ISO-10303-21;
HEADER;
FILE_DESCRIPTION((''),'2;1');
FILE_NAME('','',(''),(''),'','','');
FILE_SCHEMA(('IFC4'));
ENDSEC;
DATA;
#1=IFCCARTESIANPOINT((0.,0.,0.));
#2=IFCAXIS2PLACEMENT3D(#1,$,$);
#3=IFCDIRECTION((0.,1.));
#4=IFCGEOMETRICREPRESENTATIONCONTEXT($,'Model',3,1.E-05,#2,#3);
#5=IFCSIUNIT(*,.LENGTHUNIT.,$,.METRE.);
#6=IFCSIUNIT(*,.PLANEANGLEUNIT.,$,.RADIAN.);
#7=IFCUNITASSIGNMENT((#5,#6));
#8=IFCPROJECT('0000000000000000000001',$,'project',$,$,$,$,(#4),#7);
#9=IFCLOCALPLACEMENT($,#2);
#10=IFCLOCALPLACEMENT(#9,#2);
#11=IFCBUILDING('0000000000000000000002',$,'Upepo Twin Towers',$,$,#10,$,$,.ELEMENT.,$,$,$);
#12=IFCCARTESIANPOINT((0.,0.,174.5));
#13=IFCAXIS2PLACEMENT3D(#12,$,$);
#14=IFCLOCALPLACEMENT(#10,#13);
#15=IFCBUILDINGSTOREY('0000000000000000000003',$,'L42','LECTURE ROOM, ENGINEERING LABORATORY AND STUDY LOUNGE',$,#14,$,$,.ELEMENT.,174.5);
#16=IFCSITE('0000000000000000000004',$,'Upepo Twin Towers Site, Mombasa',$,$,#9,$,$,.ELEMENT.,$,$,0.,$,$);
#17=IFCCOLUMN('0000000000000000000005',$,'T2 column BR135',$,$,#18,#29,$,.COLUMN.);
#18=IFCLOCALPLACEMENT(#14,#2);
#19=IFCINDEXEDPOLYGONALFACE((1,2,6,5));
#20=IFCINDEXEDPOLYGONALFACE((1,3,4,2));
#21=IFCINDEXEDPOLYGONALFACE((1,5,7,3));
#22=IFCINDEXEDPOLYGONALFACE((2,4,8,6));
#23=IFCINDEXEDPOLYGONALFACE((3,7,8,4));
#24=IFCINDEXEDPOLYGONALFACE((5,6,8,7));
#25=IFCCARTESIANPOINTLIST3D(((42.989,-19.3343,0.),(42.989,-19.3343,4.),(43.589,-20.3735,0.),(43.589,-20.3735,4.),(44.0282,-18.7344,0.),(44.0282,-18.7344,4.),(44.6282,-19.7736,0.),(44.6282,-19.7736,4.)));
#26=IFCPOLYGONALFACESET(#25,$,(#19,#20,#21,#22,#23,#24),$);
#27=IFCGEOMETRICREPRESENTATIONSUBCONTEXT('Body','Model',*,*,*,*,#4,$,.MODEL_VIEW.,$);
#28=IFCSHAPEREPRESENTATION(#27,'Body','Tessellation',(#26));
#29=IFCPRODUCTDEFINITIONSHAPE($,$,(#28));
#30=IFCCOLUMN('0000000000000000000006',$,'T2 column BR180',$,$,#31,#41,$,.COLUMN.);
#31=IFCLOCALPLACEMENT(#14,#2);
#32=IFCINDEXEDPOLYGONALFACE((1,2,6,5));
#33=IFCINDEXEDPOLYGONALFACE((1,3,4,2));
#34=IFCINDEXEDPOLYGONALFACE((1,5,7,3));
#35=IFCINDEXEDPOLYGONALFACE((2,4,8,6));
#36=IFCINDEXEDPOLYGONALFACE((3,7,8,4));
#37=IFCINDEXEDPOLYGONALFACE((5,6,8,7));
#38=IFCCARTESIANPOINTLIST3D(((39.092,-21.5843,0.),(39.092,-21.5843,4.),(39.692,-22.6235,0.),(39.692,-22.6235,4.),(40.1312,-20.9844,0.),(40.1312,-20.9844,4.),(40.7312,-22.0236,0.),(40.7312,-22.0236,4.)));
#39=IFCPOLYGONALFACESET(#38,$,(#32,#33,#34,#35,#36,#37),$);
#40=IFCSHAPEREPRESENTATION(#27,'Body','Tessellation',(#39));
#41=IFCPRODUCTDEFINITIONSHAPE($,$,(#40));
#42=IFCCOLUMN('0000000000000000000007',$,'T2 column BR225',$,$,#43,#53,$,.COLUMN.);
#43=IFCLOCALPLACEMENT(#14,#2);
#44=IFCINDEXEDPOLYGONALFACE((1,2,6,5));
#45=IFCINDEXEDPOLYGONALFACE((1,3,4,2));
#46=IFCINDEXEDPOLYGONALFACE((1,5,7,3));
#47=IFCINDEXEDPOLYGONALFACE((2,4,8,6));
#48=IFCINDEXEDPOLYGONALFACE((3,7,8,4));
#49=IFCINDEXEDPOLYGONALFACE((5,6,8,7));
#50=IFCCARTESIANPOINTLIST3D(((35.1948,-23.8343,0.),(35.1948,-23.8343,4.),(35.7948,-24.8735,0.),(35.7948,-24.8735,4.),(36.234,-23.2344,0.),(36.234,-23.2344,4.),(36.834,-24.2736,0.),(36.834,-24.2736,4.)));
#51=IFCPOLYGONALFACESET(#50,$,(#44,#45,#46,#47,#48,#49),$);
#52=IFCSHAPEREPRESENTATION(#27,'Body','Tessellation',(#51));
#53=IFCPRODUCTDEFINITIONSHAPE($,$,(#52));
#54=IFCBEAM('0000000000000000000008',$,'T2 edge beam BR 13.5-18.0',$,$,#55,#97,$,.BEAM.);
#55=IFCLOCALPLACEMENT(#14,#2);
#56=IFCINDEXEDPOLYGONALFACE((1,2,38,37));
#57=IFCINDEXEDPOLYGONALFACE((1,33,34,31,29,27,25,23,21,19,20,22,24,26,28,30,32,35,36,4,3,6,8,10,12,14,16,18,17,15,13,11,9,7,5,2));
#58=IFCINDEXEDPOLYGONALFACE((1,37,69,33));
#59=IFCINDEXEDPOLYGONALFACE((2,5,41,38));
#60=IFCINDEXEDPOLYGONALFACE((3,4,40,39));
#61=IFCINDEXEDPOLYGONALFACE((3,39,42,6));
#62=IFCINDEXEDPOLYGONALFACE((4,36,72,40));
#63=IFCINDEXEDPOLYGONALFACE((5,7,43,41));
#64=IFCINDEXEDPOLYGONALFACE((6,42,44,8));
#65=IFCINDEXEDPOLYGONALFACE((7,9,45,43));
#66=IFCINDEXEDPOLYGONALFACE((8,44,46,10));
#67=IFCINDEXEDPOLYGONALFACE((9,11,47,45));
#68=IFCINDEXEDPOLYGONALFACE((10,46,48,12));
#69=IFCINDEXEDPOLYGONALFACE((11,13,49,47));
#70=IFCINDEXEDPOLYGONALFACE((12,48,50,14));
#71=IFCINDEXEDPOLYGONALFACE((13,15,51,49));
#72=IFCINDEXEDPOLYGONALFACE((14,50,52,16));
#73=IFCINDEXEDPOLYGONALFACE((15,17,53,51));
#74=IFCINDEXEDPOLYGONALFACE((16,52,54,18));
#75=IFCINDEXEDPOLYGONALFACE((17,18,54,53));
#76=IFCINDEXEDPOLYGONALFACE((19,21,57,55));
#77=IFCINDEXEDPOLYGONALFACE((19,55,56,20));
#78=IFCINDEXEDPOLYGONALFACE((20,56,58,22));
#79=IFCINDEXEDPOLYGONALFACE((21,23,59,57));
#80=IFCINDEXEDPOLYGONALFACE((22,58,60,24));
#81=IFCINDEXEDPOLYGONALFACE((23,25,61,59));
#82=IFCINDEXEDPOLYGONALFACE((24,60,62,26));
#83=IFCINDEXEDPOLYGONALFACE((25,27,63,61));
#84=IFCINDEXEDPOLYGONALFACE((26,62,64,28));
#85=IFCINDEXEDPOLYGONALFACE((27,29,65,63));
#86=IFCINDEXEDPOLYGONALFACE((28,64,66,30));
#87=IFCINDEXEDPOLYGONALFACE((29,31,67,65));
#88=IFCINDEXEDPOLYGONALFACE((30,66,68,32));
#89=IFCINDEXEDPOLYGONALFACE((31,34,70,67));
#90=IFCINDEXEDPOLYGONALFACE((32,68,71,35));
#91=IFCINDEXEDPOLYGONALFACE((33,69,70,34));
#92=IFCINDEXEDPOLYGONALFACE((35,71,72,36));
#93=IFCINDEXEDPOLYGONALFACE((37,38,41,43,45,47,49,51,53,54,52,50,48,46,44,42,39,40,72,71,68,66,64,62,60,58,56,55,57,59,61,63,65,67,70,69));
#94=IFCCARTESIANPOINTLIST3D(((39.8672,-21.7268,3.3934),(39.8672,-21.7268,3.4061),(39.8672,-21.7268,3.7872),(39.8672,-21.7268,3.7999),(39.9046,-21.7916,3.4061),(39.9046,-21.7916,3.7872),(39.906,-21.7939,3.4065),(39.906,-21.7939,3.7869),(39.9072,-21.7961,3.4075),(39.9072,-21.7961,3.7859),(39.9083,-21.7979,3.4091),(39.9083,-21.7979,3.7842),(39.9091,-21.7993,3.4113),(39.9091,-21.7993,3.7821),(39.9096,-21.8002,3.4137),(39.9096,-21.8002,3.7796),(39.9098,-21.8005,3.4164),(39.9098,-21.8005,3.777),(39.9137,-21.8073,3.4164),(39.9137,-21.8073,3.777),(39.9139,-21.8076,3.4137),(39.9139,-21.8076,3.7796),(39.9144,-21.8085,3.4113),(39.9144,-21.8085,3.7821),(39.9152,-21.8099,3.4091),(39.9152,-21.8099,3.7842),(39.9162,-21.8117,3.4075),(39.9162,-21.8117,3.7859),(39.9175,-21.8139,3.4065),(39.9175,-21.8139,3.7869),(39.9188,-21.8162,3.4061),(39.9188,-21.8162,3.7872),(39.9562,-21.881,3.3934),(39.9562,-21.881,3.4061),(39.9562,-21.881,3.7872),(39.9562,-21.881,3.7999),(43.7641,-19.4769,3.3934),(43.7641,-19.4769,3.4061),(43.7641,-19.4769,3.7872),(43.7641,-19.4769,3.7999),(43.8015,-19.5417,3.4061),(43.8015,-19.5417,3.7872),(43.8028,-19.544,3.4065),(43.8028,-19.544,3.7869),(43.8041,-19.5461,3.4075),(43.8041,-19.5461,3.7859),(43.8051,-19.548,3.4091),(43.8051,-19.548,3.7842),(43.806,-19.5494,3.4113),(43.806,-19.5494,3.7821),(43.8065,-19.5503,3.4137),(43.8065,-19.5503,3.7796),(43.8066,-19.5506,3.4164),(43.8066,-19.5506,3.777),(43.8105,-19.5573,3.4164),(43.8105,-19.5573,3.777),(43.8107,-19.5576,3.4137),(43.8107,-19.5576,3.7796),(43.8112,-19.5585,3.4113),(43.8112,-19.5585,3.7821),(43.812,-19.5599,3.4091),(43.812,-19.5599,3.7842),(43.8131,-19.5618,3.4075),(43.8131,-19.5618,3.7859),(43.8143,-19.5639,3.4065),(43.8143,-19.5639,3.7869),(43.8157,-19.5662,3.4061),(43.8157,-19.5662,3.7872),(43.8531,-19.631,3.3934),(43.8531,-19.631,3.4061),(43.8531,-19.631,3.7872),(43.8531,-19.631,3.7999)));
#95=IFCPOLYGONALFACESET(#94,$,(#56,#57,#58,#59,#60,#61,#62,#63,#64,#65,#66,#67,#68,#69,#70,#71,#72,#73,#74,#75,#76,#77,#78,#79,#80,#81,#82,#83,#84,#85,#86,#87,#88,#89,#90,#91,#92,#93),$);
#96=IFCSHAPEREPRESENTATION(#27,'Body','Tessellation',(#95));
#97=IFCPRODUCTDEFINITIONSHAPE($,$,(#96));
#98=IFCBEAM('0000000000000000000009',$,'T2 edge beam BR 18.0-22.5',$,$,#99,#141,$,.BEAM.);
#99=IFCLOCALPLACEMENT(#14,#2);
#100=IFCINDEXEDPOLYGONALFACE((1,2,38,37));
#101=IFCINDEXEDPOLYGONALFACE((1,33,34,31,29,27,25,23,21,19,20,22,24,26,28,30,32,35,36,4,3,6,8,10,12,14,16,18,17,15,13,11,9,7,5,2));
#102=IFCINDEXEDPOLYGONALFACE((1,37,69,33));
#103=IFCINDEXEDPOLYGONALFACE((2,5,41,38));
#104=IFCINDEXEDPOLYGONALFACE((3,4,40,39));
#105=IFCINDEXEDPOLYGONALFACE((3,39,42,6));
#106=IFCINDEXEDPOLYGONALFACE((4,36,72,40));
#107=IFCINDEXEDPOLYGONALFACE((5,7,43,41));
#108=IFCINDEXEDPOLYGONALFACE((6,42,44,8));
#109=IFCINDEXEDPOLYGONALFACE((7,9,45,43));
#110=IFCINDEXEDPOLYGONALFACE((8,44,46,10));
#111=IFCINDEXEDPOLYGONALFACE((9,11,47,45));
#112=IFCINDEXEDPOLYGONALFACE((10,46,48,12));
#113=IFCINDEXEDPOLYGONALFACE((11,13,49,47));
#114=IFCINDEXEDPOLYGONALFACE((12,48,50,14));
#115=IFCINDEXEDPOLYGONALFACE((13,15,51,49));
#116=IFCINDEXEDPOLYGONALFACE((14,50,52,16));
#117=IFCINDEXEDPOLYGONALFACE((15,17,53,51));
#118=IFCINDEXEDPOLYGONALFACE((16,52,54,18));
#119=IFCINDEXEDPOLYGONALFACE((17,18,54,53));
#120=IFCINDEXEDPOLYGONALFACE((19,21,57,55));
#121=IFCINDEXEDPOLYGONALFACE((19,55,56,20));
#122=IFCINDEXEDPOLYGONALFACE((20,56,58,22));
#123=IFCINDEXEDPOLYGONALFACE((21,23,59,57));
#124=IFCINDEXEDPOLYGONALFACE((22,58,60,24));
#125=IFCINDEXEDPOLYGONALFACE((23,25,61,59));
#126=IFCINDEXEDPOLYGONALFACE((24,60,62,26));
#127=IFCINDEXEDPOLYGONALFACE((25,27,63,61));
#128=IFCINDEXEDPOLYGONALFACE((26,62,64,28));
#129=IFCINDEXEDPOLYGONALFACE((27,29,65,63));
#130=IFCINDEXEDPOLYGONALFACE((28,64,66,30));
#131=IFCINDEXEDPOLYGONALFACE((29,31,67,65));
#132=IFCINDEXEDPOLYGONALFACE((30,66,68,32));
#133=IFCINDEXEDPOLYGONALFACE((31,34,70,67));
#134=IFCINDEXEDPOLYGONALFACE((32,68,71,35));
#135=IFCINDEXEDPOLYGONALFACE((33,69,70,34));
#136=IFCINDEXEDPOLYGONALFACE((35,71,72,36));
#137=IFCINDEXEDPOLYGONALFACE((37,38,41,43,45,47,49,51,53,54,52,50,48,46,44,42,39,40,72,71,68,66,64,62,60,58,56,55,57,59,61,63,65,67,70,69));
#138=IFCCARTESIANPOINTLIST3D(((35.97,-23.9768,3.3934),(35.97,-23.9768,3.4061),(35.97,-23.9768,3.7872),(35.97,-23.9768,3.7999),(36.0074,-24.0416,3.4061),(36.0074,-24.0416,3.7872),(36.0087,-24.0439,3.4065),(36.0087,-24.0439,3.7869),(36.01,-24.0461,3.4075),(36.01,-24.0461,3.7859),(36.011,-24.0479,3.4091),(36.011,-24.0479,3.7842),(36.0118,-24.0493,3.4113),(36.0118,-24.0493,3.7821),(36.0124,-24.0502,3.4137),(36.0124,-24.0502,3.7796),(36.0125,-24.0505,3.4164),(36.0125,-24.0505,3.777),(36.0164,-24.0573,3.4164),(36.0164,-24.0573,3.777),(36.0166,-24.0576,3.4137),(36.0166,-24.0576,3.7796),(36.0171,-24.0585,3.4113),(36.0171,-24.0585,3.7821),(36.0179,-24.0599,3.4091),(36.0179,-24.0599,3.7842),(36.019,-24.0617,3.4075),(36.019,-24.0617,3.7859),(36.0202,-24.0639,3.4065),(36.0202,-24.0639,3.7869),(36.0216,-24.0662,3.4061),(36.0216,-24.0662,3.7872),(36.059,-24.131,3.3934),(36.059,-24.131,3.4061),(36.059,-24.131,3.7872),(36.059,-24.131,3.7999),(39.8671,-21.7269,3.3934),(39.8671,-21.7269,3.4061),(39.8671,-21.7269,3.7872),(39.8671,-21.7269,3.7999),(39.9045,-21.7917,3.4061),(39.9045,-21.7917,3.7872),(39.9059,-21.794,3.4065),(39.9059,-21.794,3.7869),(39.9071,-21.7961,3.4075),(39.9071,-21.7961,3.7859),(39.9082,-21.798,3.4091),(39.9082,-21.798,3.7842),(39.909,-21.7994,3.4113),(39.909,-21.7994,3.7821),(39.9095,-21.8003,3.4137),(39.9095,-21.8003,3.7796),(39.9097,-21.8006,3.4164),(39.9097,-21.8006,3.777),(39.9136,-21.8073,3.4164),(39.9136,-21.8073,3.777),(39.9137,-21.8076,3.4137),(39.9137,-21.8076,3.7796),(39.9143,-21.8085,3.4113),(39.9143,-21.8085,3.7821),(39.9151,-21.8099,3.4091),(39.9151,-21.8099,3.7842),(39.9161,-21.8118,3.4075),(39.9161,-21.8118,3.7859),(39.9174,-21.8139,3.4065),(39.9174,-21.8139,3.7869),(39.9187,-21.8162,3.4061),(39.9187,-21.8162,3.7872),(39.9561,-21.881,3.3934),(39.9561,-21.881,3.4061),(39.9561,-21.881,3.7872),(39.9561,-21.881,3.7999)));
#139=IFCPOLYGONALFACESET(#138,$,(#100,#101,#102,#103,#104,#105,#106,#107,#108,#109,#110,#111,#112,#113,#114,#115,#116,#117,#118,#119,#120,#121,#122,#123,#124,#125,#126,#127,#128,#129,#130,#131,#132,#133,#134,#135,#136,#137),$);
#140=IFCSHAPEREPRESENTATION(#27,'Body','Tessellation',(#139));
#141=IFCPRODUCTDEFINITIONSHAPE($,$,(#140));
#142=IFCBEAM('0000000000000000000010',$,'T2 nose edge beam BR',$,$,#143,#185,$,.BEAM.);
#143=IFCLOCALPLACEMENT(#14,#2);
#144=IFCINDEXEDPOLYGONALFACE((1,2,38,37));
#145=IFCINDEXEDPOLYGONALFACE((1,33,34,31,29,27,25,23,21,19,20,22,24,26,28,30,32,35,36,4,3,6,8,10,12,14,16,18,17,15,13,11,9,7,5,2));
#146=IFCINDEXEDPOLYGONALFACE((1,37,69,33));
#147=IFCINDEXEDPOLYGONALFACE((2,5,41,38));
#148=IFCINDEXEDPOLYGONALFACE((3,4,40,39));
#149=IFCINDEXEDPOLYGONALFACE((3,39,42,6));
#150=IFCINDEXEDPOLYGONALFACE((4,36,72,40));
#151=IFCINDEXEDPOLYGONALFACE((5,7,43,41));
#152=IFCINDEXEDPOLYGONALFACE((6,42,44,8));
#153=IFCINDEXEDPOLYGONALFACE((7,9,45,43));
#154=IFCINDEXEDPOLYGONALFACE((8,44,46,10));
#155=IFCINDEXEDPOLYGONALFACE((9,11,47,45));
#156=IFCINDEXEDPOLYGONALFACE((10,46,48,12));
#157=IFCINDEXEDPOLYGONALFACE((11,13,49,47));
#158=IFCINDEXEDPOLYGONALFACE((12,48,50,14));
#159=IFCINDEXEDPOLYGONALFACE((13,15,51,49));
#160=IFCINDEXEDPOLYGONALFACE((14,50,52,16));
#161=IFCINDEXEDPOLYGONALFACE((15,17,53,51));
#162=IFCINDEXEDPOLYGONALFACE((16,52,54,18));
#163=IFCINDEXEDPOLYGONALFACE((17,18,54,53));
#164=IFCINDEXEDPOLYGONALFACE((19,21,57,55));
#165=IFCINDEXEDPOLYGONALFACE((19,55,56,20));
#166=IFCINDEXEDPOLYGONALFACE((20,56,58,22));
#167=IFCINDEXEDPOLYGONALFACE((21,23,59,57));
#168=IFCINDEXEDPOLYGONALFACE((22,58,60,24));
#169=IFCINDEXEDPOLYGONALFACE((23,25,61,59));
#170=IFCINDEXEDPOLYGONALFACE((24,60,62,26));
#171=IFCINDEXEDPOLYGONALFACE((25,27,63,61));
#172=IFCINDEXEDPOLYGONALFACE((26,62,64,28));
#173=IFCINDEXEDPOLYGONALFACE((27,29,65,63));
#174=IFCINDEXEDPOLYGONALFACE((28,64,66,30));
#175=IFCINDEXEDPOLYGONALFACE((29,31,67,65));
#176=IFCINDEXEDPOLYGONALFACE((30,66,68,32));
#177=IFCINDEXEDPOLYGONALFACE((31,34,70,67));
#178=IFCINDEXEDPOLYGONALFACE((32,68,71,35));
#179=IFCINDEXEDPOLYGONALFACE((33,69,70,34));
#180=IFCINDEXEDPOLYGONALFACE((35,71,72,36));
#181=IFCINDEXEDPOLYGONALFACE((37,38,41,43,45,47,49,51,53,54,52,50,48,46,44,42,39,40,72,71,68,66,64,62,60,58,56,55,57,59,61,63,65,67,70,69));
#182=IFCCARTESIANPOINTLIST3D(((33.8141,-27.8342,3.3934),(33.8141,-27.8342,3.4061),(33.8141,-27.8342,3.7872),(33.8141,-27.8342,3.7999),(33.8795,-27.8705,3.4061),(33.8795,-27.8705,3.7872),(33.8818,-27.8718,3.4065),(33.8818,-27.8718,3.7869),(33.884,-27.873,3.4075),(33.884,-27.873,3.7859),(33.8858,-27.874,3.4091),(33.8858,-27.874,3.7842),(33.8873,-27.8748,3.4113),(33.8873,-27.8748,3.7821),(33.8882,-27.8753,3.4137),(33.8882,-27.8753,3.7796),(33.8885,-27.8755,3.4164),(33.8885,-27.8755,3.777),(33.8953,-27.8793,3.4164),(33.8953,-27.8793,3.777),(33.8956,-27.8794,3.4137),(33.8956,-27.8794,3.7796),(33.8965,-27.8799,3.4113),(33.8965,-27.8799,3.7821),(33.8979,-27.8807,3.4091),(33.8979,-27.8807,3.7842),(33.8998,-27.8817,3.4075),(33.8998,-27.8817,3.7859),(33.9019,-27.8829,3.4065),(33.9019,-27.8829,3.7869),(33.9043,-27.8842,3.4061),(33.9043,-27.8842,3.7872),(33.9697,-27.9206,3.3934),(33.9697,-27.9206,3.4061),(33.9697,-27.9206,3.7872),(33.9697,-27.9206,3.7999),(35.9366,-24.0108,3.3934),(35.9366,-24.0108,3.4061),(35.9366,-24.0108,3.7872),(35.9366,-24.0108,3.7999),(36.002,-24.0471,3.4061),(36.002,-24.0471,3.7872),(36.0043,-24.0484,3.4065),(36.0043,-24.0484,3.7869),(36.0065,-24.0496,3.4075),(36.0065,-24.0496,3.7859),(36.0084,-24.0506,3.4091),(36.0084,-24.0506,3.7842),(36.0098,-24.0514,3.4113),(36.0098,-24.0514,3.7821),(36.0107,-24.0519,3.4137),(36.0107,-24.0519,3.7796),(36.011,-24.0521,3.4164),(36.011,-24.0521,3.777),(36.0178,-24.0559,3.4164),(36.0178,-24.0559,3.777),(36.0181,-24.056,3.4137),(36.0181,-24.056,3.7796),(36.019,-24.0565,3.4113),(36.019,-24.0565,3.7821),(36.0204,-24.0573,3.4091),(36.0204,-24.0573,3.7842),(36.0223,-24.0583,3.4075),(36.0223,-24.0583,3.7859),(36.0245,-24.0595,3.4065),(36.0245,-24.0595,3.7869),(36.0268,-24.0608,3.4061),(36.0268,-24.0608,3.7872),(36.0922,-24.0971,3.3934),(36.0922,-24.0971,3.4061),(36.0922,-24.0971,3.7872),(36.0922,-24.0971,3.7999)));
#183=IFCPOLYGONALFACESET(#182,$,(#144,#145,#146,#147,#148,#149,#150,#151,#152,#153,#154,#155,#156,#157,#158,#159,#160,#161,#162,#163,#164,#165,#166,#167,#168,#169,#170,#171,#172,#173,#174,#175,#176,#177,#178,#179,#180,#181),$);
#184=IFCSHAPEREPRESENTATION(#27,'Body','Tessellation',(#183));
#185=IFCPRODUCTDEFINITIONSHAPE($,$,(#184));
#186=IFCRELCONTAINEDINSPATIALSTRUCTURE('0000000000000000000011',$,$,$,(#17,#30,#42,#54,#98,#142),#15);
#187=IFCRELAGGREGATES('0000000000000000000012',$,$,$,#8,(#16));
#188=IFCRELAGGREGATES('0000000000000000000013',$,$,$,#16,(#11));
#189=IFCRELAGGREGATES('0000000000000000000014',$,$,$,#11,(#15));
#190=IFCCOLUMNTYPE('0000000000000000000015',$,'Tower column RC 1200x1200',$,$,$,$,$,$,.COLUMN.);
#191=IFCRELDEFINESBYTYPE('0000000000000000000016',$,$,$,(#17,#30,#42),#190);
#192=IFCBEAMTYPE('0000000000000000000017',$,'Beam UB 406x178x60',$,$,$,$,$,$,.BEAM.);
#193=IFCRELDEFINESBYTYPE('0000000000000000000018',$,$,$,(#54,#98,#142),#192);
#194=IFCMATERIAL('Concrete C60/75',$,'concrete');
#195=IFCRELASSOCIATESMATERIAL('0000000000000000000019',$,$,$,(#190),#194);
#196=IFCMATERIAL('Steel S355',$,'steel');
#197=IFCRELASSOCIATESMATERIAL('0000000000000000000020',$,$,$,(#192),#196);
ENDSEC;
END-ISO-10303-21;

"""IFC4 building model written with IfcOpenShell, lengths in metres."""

from ifc_helpers import new_model, si_unit, direction, frame, origin, origin_2d, place, context, subcontext, project, spatial, rectangle, i_section, extrude, material, material_profile, profile_set, type_object, element, save


model = new_model("IFC4")

# Units and contexts
model_context = context("Model", 3, precision=1e-05, world=origin(), true_north=direction((0.0, 1.0)))
body_context = subcontext(model_context, "Body", "Model", "MODEL_VIEW")
ifc_project = project(units=[si_unit("LENGTHUNIT", "METRE"), si_unit("PLANEANGLEUNIT", "RADIAN")], contexts=[model_context])

# Site, building, storey
site_placement = place(None, origin())
site = spatial("IfcSite", under=ifc_project, at=site_placement, Name="Upepo Twin Towers Site, Mombasa", CompositionType="ELEMENT", RefElevation=0.0)
building_placement = place(site_placement, origin())
building = spatial("IfcBuilding", under=site, at=building_placement, Name="Upepo Twin Towers", CompositionType="ELEMENT")
storey_placement = place(building_placement, frame((0.0, 0.0, 174.5)))
storey = spatial("IfcBuildingStorey", under=building, at=storey_placement, Name="L42", Description="LECTURE ROOM, ENGINEERING LABORATORY AND STUDY LOUNGE", CompositionType="ELEMENT", Elevation=174.5)

# Columns
ifc_material_1 = material(Name="Concrete C60/75", Category="concrete")
ifc_material_profile_1 = material_profile(ifc_material_1, rectangle(XDim=1.2, YDim=1.2, at=origin_2d()), Name="RC 1200x1200")
ifc_profile_set_1 = profile_set([ifc_material_profile_1], Name="Concrete C60/75")
column_type = type_object("IfcColumnType", Name="Tower column RC 1200x1200", PredefinedType="COLUMN", material=ifc_profile_set_1)
for number, where, z_axis, x_axis, name in (
    (1, (43.8086, -19.554, 0.0), (0.0, 0.0, 1.0), (0.866025, 0.5, 0.0), "T2 column BR135"),
    (2, (39.9116, -21.804, 0.0), (0.0, 0.0, 1.0), (0.866025, 0.5, 0.0), "T2 column BR180"),
    (3, (36.0144, -24.054, 0.0), (0.0, 0.0, 1.0), (0.866025, 0.5, 0.0), "T2 column BR225"),
):
    element("IfcColumn", number, at=place(storey_placement, frame(where, z_axis=z_axis, x_axis=x_axis)), inside=storey, type_object=column_type, Name=name, PredefinedType="COLUMN", context=body_context, shape_type="SweptSolid", body=[
        extrude(rectangle(XDim=1.2, YDim=1.2, at=origin_2d()), origin(), (0.0, 0.0, 1.0), 4.0),
    ])

# Beams
ifc_material_2 = material(Name="Steel S355", Category="steel")
ifc_material_profile_2 = material_profile(ifc_material_2, i_section(OverallWidth=0.178, OverallDepth=0.4065, WebThickness=0.0078, FlangeThickness=0.0127, FilletRadius=0.0103, at=origin_2d()), Name="UB 406x178x60")
ifc_profile_set_2 = profile_set([ifc_material_profile_2], Name="Steel S355")
beam_type_1 = type_object("IfcBeamType", Name="Beam UB 406x178x60", PredefinedType="BEAM", material=ifc_profile_set_2)
beam_1_placement = place(storey_placement, frame((43.8086, -19.554, 3.5967), z_axis=(-0.866018, -0.500014, 0.0), x_axis=(0.500014, -0.866018, 0.0)))
element("IfcBeam", 4, at=beam_1_placement, inside=storey, type_object=beam_type_1, Name="T2 edge beam BR 13.5-18.0", PredefinedType="BEAM", context=body_context, shape_type="SweptSolid", body=[
    extrude(i_section(OverallWidth=0.178, OverallDepth=0.4065, WebThickness=0.0078, FlangeThickness=0.0127, FilletRadius=0.0103, at=origin_2d()), origin(), (0.0, 0.0, 1.0), 4.4998),
])
beam_2_placement = place(storey_placement, frame((39.9116, -21.804, 3.5967), z_axis=(-0.866031, -0.49999, 0.0), x_axis=(0.49999, -0.866031, 0.0)))
element("IfcBeam", 5, at=beam_2_placement, inside=storey, type_object=beam_type_1, Name="T2 edge beam BR 18.0-22.5", PredefinedType="BEAM", context=body_context, shape_type="SweptSolid", body=[
    extrude(i_section(OverallWidth=0.178, OverallDepth=0.4065, WebThickness=0.0078, FlangeThickness=0.0127, FilletRadius=0.0103, at=origin_2d()), origin(), (0.0, 0.0, 1.0), 4.5),
])
beam_3_placement = place(storey_placement, frame((36.0144, -24.054, 3.5967), z_axis=(-0.485363, -0.874313, 0.0), x_axis=(0.874313, -0.485363, 0.0)))
element("IfcBeam", 6, at=beam_3_placement, inside=storey, type_object=beam_type_1, Name="T2 nose edge beam BR", PredefinedType="BEAM", context=body_context, shape_type="SweptSolid", body=[
    extrude(i_section(OverallWidth=0.178, OverallDepth=0.4065, WebThickness=0.0078, FlangeThickness=0.0127, FilletRadius=0.0103, at=origin_2d()), origin(), (0.0, 0.0, 1.0), 4.373),
])

save(model, "model.ifc")
